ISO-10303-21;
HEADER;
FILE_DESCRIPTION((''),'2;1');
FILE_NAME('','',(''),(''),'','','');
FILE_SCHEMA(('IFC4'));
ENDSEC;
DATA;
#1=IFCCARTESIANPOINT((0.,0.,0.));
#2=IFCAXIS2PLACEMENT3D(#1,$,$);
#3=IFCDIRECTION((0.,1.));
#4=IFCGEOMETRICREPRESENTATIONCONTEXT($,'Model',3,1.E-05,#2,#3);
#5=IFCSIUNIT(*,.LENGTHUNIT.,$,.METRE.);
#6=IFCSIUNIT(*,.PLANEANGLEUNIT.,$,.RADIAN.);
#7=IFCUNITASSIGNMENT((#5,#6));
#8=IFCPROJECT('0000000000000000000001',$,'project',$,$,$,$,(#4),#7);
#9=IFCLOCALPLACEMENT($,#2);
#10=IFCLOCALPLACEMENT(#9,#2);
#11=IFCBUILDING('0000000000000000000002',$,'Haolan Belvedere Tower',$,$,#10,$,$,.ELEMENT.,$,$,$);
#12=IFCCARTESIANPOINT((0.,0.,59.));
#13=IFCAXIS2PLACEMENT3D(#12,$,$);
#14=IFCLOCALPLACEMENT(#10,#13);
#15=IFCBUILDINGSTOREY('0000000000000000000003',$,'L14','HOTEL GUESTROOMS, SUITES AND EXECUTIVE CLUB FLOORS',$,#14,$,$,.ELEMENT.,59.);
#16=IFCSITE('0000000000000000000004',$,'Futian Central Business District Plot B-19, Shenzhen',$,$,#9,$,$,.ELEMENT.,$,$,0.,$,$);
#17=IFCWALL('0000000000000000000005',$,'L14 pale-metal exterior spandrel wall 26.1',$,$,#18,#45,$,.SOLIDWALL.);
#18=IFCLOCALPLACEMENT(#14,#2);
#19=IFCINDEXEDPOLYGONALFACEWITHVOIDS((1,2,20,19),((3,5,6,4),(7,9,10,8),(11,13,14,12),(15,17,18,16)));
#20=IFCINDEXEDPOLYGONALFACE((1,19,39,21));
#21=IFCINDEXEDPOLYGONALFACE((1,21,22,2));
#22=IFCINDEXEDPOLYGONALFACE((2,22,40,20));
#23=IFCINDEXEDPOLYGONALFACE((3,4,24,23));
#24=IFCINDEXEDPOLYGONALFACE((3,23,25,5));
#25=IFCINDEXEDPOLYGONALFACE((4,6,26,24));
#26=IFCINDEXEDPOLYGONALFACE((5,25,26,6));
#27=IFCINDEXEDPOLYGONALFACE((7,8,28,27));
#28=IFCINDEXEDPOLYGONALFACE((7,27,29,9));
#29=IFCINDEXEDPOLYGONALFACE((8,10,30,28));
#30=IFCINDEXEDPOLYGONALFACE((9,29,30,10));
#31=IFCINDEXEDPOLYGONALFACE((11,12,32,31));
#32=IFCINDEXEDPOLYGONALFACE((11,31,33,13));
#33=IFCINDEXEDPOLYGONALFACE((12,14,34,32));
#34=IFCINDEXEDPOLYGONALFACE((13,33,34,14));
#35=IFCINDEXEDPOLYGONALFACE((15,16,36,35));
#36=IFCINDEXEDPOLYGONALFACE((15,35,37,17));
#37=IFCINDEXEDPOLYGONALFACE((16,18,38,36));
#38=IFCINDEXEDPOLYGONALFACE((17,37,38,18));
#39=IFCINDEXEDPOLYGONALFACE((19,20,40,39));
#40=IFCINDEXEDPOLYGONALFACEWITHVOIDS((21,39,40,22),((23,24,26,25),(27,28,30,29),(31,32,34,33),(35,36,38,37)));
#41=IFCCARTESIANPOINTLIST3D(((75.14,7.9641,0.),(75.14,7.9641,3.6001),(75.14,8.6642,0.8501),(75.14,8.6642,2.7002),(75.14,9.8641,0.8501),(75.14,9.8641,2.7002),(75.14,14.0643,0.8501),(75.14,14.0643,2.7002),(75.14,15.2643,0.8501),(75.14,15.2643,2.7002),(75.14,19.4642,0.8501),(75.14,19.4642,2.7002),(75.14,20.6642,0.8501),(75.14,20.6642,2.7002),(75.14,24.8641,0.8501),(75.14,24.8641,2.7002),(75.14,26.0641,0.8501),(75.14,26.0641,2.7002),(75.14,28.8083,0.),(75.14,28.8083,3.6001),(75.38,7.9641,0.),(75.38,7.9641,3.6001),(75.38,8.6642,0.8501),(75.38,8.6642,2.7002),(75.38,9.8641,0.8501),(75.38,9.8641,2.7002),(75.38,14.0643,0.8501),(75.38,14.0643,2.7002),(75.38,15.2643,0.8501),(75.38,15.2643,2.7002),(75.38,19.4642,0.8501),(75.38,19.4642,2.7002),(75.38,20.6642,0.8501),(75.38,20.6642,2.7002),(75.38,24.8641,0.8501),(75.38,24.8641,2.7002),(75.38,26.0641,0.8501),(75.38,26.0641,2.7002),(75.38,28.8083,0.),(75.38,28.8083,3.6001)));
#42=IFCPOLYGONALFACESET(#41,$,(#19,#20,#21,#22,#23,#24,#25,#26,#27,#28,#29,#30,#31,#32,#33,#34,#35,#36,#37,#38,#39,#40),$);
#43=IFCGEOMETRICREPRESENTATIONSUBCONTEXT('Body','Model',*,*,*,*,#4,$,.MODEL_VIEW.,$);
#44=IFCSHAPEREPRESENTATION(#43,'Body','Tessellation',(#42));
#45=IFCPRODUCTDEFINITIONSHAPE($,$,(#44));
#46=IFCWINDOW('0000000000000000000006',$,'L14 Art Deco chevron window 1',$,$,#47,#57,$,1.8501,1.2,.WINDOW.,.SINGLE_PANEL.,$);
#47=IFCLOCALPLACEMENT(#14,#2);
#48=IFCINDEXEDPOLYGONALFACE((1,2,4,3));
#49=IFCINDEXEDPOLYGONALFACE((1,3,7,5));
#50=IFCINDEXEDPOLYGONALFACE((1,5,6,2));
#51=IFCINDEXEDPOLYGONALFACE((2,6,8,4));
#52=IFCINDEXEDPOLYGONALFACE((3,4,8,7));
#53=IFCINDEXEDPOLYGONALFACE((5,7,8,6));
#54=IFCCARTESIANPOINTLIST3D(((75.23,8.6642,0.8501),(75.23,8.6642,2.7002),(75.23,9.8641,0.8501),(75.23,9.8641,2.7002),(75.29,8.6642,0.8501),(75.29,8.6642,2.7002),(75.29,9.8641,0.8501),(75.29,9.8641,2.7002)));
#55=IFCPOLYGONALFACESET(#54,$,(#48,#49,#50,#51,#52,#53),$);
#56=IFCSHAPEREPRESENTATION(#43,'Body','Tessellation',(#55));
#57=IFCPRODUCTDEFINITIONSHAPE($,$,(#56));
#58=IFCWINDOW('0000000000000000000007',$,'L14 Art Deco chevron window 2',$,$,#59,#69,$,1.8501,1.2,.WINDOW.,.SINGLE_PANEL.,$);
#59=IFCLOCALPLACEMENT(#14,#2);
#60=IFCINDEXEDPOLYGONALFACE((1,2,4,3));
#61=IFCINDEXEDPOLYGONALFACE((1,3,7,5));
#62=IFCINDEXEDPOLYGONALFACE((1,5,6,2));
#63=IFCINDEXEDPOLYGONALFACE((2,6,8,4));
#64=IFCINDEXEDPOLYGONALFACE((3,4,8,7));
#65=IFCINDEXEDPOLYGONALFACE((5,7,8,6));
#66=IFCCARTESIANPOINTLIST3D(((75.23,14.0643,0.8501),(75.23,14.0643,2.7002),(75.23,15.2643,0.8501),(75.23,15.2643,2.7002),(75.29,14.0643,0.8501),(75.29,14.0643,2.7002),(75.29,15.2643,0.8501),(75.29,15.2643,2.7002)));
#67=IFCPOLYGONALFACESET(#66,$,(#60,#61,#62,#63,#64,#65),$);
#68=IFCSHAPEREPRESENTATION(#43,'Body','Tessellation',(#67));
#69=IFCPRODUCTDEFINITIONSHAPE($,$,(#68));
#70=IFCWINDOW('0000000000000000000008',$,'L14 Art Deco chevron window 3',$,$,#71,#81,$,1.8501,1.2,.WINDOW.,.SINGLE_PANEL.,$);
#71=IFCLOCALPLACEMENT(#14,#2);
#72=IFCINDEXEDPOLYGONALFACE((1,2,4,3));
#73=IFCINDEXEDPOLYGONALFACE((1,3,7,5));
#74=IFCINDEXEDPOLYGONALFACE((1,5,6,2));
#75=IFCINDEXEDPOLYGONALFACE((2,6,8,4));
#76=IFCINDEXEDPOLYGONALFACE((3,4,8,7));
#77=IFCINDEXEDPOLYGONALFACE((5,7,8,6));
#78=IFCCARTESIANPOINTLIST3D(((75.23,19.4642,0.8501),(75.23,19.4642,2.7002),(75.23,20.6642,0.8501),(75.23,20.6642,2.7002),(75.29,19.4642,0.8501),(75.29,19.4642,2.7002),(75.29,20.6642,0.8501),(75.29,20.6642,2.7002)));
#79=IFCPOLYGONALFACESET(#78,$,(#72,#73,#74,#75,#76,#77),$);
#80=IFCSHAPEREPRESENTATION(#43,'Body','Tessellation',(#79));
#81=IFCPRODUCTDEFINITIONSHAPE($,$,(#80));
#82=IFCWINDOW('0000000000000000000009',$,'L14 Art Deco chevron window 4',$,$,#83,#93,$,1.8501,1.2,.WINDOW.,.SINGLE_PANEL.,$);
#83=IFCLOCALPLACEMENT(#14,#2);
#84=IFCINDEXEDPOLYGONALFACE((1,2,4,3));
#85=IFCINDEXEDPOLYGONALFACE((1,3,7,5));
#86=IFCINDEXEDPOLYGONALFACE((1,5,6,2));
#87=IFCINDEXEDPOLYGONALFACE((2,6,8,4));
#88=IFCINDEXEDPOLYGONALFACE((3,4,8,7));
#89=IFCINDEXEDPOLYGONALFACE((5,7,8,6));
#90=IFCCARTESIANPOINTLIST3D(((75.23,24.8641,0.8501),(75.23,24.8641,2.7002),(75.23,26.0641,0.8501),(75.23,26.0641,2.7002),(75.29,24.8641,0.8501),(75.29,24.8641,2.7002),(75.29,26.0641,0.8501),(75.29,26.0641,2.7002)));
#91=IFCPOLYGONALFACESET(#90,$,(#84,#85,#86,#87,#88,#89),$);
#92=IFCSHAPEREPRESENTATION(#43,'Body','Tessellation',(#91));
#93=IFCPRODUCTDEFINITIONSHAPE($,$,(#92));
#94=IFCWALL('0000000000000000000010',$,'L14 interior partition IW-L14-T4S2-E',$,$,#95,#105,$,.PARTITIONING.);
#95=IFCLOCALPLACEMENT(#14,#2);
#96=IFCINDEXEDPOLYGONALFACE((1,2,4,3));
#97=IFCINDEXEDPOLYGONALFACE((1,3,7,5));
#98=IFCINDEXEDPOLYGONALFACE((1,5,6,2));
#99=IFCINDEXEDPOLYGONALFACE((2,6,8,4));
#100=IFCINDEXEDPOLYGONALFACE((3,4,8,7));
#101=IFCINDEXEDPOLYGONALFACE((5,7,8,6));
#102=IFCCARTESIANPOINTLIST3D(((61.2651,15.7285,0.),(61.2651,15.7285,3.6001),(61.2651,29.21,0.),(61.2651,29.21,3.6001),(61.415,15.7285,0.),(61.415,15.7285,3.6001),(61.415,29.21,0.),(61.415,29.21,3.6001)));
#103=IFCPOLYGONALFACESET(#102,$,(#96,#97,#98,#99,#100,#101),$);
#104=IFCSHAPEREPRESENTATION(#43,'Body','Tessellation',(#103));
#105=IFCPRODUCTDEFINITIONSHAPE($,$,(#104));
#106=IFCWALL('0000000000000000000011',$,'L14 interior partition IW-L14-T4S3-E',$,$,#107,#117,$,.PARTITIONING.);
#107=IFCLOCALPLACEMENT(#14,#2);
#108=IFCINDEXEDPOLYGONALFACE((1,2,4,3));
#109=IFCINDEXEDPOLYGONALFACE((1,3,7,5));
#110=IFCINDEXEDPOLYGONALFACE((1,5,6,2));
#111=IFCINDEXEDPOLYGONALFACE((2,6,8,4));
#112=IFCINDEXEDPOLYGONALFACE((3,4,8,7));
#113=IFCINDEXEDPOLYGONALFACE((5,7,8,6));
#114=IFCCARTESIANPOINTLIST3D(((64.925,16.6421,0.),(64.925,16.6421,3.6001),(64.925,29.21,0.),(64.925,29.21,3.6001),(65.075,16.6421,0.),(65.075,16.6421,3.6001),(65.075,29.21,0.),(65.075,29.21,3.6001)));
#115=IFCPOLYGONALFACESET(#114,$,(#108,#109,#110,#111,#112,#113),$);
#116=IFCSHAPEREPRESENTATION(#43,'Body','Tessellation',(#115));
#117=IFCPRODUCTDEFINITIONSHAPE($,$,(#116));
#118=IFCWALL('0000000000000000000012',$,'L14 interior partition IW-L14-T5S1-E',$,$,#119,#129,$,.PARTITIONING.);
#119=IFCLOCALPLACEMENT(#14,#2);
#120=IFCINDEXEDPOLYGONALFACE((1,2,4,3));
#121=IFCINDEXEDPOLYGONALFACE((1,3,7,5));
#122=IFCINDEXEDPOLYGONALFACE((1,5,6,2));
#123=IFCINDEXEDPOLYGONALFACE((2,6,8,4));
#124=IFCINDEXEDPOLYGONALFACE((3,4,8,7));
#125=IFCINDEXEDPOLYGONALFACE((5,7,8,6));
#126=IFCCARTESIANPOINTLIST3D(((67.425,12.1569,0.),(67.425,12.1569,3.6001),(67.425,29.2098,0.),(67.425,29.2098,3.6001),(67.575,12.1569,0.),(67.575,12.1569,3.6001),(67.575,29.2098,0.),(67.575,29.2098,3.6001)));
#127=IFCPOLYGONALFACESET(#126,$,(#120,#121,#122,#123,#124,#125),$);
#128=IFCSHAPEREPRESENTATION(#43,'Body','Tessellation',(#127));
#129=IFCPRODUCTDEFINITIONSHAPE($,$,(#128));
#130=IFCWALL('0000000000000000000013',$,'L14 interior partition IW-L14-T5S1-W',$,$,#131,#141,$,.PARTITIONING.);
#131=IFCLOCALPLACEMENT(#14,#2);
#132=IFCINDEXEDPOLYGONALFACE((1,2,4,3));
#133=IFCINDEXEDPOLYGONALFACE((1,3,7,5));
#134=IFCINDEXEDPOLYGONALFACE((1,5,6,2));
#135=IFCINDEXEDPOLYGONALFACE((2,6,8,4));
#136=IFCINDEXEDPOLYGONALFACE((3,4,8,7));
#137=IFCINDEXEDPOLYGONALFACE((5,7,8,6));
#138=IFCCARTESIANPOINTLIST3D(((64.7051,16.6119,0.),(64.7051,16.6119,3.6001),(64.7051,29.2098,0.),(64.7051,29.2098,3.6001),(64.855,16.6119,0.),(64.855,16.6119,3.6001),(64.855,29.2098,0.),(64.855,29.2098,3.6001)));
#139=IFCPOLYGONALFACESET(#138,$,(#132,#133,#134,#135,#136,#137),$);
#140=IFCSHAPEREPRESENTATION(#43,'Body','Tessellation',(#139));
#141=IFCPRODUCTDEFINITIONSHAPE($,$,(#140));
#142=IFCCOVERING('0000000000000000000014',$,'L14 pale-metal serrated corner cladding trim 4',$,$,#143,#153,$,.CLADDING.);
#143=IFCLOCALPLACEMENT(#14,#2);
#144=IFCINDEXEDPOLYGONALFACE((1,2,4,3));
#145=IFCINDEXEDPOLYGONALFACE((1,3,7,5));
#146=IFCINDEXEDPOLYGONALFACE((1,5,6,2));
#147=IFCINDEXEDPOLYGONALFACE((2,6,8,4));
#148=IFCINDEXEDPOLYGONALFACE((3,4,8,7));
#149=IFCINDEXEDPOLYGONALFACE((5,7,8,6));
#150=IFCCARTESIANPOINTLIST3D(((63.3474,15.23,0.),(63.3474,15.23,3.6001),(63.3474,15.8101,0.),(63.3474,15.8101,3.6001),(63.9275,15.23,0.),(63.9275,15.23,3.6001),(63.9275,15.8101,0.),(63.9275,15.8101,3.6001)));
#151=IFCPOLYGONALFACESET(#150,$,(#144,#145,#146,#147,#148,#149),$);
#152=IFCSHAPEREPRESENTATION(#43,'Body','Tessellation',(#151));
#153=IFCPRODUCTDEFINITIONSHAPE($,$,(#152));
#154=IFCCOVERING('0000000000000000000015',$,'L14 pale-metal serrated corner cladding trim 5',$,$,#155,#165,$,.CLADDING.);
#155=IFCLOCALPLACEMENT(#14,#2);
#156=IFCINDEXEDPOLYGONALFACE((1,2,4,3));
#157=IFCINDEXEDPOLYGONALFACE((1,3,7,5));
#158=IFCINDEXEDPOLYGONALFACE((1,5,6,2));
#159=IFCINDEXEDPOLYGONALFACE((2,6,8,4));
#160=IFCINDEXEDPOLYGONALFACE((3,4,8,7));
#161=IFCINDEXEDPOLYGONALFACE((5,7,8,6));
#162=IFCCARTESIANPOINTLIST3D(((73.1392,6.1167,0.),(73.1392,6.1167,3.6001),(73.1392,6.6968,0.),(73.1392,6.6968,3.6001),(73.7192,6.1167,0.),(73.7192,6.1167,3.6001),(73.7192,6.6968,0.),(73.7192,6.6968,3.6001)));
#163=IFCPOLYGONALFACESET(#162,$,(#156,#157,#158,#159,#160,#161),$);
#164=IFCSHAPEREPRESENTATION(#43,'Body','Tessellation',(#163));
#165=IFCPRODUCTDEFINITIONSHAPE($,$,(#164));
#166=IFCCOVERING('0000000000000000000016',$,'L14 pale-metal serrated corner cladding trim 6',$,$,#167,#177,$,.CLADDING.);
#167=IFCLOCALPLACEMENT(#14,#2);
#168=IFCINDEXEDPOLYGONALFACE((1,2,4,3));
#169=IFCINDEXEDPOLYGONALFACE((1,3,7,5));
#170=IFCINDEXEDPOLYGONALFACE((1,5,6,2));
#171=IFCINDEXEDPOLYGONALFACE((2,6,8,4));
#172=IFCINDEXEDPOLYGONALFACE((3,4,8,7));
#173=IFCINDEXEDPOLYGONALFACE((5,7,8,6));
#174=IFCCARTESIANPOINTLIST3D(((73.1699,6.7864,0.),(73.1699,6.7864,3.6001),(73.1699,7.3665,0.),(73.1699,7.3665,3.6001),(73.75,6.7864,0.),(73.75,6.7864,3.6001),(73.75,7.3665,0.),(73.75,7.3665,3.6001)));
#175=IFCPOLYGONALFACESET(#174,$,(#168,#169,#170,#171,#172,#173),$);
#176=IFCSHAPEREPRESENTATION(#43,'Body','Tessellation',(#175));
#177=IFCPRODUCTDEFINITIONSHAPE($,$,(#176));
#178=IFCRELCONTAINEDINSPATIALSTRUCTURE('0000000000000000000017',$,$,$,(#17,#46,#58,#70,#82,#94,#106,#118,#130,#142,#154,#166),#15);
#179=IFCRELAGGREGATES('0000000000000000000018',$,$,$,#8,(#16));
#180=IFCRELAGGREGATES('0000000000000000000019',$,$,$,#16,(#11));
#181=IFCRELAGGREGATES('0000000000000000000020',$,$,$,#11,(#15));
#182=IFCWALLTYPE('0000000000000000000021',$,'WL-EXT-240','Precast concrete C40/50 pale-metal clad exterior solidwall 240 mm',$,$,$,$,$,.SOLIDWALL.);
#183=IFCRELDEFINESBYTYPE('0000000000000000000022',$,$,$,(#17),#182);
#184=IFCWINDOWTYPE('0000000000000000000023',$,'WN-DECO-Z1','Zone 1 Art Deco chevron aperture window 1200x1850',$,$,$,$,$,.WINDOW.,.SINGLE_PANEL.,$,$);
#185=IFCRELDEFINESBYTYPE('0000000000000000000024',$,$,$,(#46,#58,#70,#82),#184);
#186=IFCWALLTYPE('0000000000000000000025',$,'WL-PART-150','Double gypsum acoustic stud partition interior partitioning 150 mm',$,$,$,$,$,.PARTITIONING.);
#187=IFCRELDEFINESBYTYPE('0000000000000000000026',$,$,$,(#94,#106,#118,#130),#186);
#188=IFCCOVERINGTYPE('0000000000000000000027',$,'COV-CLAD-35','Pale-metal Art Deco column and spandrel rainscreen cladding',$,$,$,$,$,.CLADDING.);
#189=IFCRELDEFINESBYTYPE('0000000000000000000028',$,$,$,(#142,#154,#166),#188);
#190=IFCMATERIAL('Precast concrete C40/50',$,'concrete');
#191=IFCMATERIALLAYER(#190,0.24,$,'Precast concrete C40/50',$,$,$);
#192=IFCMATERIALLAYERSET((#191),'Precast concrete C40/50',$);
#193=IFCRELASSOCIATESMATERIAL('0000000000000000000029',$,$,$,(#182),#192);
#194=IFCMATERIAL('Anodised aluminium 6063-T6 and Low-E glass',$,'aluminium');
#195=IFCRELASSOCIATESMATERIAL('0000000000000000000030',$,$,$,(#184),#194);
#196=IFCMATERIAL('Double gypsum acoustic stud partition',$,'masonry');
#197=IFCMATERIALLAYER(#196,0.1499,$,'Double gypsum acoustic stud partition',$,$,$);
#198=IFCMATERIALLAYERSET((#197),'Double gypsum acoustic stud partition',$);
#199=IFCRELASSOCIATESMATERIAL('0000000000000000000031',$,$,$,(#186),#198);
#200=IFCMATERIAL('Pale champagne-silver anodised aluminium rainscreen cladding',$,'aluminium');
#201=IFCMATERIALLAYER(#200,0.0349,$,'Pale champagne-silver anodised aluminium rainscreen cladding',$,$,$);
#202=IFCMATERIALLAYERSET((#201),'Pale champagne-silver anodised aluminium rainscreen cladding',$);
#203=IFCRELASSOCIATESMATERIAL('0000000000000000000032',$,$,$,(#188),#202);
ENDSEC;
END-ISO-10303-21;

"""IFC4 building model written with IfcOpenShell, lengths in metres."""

from ifc_helpers import new_model, si_unit, direction, frame, frame_2d, origin, origin_2d, place, context, subcontext, project, spatial, rectangle, extrude, material, layer, layer_set, type_object, element, fill, save


model = new_model("IFC4")

# Units and contexts
model_context = context("Model", 3, precision=1e-05, world=origin(), true_north=direction((0.0, 1.0)))
body_context = subcontext(model_context, "Body", "Model", "MODEL_VIEW")
ifc_project = project(units=[si_unit("LENGTHUNIT", "METRE"), si_unit("PLANEANGLEUNIT", "RADIAN")], contexts=[model_context])

# Site, building, storey
site_placement = place(None, origin())
site = spatial("IfcSite", under=ifc_project, at=site_placement, Name="Futian Central Business District Plot B-19, Shenzhen", CompositionType="ELEMENT", RefElevation=0.0)
building_placement = place(site_placement, origin())
building = spatial("IfcBuilding", under=site, at=building_placement, Name="Haolan Belvedere Tower", CompositionType="ELEMENT")
storey_placement = place(building_placement, frame((0.0, 0.0, 59.0)))
storey = spatial("IfcBuildingStorey", under=building, at=storey_placement, Name="L14", Description="HOTEL GUESTROOMS, SUITES AND EXECUTIVE CLUB FLOORS", CompositionType="ELEMENT", Elevation=59.0)

# Shared definitions
ifc_material_1 = material(Name="Precast concrete C40/50", Category="concrete")
ifc_layer_1 = layer(ifc_material_1, 0.24, Name="Precast concrete C40/50")
ifc_layer_set_1 = layer_set([ifc_layer_1], Name="Precast concrete C40/50")
wall_type_1 = type_object("IfcWallType", Name="WL-EXT-240", Description="Precast concrete C40/50 pale-metal clad exterior solidwall 240 mm", PredefinedType="SOLIDWALL", material=ifc_layer_set_1)

# Shared definitions
ifc_material_2 = material(Name="Anodised aluminium 6063-T6 and Low-E glass", Category="aluminium")
window_type = type_object("IfcWindowType", Name="WN-DECO-Z1", Description="Zone 1 Art Deco chevron aperture window 1200x1850", PartitioningType="SINGLE_PANEL", PredefinedType="WINDOW", material=ifc_material_2)

# Wall, openings, windows
wall_1_placement = place(storey_placement, frame((75.26, 7.9641, 0.0), z_axis=(0.0, 0.0, 1.0), x_axis=(0.0, 1.0, 0.0)))
wall_1 = element("IfcWall", 1, at=wall_1_placement, inside=storey, type_object=wall_type_1, Name="L14 pale-metal exterior spandrel wall 26.1", PredefinedType="SOLIDWALL", context=body_context, shape_type="SweptSolid", body=[
    extrude(rectangle(XDim=20.8442, YDim=0.24, at=frame_2d((10.4221, 0.0))), origin(), (0.0, 0.0, 1.0), 3.6001),
])
opening_1_placement = place(wall_1_placement, frame((0.7, 0.0, 0.8501)))
opening_1 = element("IfcOpeningElement", 2, at=opening_1_placement, cuts=wall_1, PredefinedType="OPENING", context=body_context, shape_type="SweptSolid", body=[
    extrude(rectangle(XDim=1.2, YDim=1.8501, at=frame_2d((0.6001, 0.925))), frame((0.0, 0.1299, 0.0), z_axis=(0.0, -1.0, 0.0), x_axis=(1.0, 0.0, 0.0)), (0.0, 0.0, 1.0), 0.26),
])
opening_2_placement = place(wall_1_placement, frame((6.1001, 0.0, 0.8501)))
opening_2 = element("IfcOpeningElement", 3, at=opening_2_placement, cuts=wall_1, PredefinedType="OPENING", context=body_context, shape_type="SweptSolid", body=[
    extrude(rectangle(XDim=1.2, YDim=1.8501, at=frame_2d((0.6001, 0.925))), frame((0.0, 0.1299, 0.0), z_axis=(0.0, -1.0, 0.0), x_axis=(1.0, 0.0, 0.0)), (0.0, 0.0, 1.0), 0.26),
])
opening_3_placement = place(wall_1_placement, frame((11.5, 0.0, 0.8501)))
opening_3 = element("IfcOpeningElement", 4, at=opening_3_placement, cuts=wall_1, PredefinedType="OPENING", context=body_context, shape_type="SweptSolid", body=[
    extrude(rectangle(XDim=1.2, YDim=1.8501, at=frame_2d((0.6001, 0.925))), frame((0.0, 0.1299, 0.0), z_axis=(0.0, -1.0, 0.0), x_axis=(1.0, 0.0, 0.0)), (0.0, 0.0, 1.0), 0.26),
])
opening_4_placement = place(wall_1_placement, frame((16.8999, 0.0, 0.8501)))
opening_4 = element("IfcOpeningElement", 5, at=opening_4_placement, cuts=wall_1, PredefinedType="OPENING", context=body_context, shape_type="SweptSolid", body=[
    extrude(rectangle(XDim=1.2, YDim=1.8501, at=frame_2d((0.6001, 0.925))), frame((0.0, 0.1299, 0.0), z_axis=(0.0, -1.0, 0.0), x_axis=(1.0, 0.0, 0.0)), (0.0, 0.0, 1.0), 0.26),
])
window_1_placement = place(opening_1_placement, origin())
window_1 = element("IfcWindow", 6, at=window_1_placement, inside=storey, type_object=window_type, Name="L14 Art Deco chevron window 1", OverallHeight=1.8501, OverallWidth=1.2, PartitioningType="SINGLE_PANEL", PredefinedType="WINDOW", context=body_context, shape_type="SweptSolid", body=[
    extrude(rectangle(XDim=1.2, YDim=1.8501, at=frame_2d((0.6001, 0.925))), frame((0.0, 0.03, 0.0), z_axis=(0.0, -1.0, 0.0), x_axis=(1.0, 0.0, 0.0)), (0.0, 0.0, 1.0), 0.0601),
])
fill(opening_1, window_1)
window_2_placement = place(opening_2_placement, origin())
window_2 = element("IfcWindow", 7, at=window_2_placement, inside=storey, type_object=window_type, Name="L14 Art Deco chevron window 2", OverallHeight=1.8501, OverallWidth=1.2, PartitioningType="SINGLE_PANEL", PredefinedType="WINDOW", context=body_context, shape_type="SweptSolid", body=[
    extrude(rectangle(XDim=1.2, YDim=1.8501, at=frame_2d((0.6001, 0.925))), frame((0.0, 0.03, 0.0), z_axis=(0.0, -1.0, 0.0), x_axis=(1.0, 0.0, 0.0)), (0.0, 0.0, 1.0), 0.0601),
])
fill(opening_2, window_2)
window_3_placement = place(opening_3_placement, origin())
window_3 = element("IfcWindow", 8, at=window_3_placement, inside=storey, type_object=window_type, Name="L14 Art Deco chevron window 3", OverallHeight=1.8501, OverallWidth=1.2, PartitioningType="SINGLE_PANEL", PredefinedType="WINDOW", context=body_context, shape_type="SweptSolid", body=[
    extrude(rectangle(XDim=1.2, YDim=1.8501, at=frame_2d((0.6001, 0.925))), frame((0.0, 0.03, 0.0), z_axis=(0.0, -1.0, 0.0), x_axis=(1.0, 0.0, 0.0)), (0.0, 0.0, 1.0), 0.0601),
])
fill(opening_3, window_3)
window_4_placement = place(opening_4_placement, origin())
window_4 = element("IfcWindow", 9, at=window_4_placement, inside=storey, type_object=window_type, Name="L14 Art Deco chevron window 4", OverallHeight=1.8501, OverallWidth=1.2, PartitioningType="SINGLE_PANEL", PredefinedType="WINDOW", context=body_context, shape_type="SweptSolid", body=[
    extrude(rectangle(XDim=1.2, YDim=1.8501, at=frame_2d((0.6001, 0.925))), frame((0.0, 0.03, 0.0), z_axis=(0.0, -1.0, 0.0), x_axis=(1.0, 0.0, 0.0)), (0.0, 0.0, 1.0), 0.0601),
])
fill(opening_4, window_4)

# Walls
ifc_material_3 = material(Name="Double gypsum acoustic stud partition", Category="masonry")
ifc_layer_2 = layer(ifc_material_3, 0.1499, Name="Double gypsum acoustic stud partition")
ifc_layer_set_2 = layer_set([ifc_layer_2], Name="Double gypsum acoustic stud partition")
wall_type_2 = type_object("IfcWallType", Name="WL-PART-150", Description="Double gypsum acoustic stud partition interior partitioning 150 mm", PredefinedType="PARTITIONING", material=ifc_layer_set_2)
wall_2_placement = place(storey_placement, frame((61.3401, 15.7285, 0.0), z_axis=(0.0, 0.0, 1.0), x_axis=(0.0, 1.0, 0.0)))
element("IfcWall", 10, at=wall_2_placement, inside=storey, type_object=wall_type_2, Name="L14 interior partition IW-L14-T4S2-E", PredefinedType="PARTITIONING", context=body_context, shape_type="SweptSolid", body=[
    extrude(rectangle(XDim=13.4814, YDim=0.1499, at=frame_2d((6.7407, 0.0))), origin(), (0.0, 0.0, 1.0), 3.6001),
])
wall_3_placement = place(storey_placement, frame((65.0, 16.6421, 0.0), z_axis=(0.0, 0.0, 1.0), x_axis=(0.0, 1.0, 0.0)))
element("IfcWall", 11, at=wall_3_placement, inside=storey, type_object=wall_type_2, Name="L14 interior partition IW-L14-T4S3-E", PredefinedType="PARTITIONING", context=body_context, shape_type="SweptSolid", body=[
    extrude(rectangle(XDim=12.5679, YDim=0.1499, at=frame_2d((6.2839, 0.0))), origin(), (0.0, 0.0, 1.0), 3.6001),
])
wall_4_placement = place(storey_placement, frame((67.5, 12.157, 0.0), z_axis=(0.0, 0.0, 1.0), x_axis=(0.0, 1.0, 0.0)))
element("IfcWall", 12, at=wall_4_placement, inside=storey, type_object=wall_type_2, Name="L14 interior partition IW-L14-T5S1-E", PredefinedType="PARTITIONING", context=body_context, shape_type="SweptSolid", body=[
    extrude(rectangle(XDim=17.053, YDim=0.1499, at=frame_2d((8.5264, 0.0))), origin(), (0.0, 0.0, 1.0), 3.6001),
])
wall_5_placement = place(storey_placement, frame((64.78, 16.6121, 0.0), z_axis=(0.0, 0.0, 1.0), x_axis=(0.0, 1.0, 0.0)))
element("IfcWall", 13, at=wall_5_placement, inside=storey, type_object=wall_type_2, Name="L14 interior partition IW-L14-T5S1-W", PredefinedType="PARTITIONING", context=body_context, shape_type="SweptSolid", body=[
    extrude(rectangle(XDim=12.5979, YDim=0.1499, at=frame_2d((6.2988, 0.0))), origin(), (0.0, 0.0, 1.0), 3.6001),
])

# Coverings
ifc_material_4 = material(Name="Pale champagne-silver anodised aluminium rainscreen cladding", Category="aluminium")
ifc_layer_3 = layer(ifc_material_4, 0.0349, Name="Pale champagne-silver anodised aluminium rainscreen cladding")
ifc_layer_set_3 = layer_set([ifc_layer_3], Name="Pale champagne-silver anodised aluminium rainscreen cladding")
covering_type = type_object("IfcCoveringType", Name="COV-CLAD-35", Description="Pale-metal Art Deco column and spandrel rainscreen cladding", PredefinedType="CLADDING", material=ifc_layer_set_3)
for number, where, z_axis, x_axis, name in (
    (14, (63.6375, 15.52, 0.0), (0.0, 0.0, 1.0), (1.0, 0.0, 0.0), "L14 pale-metal serrated corner cladding trim 4"),
    (15, (73.4292, 6.4067, 0.0), (0.0, 0.0, 1.0), (1.0, 0.0, 0.0), "L14 pale-metal serrated corner cladding trim 5"),
    (16, (73.46, 7.0764, 0.0), (0.0, 0.0, 1.0), (1.0, 0.0, 0.0), "L14 pale-metal serrated corner cladding trim 6"),
):
    element("IfcCovering", number, at=place(storey_placement, frame(where, z_axis=z_axis, x_axis=x_axis)), inside=storey, type_object=covering_type, Name=name, PredefinedType="CLADDING", context=body_context, shape_type="SweptSolid", body=[
        extrude(rectangle(XDim=0.5801, YDim=0.5801, at=origin_2d()), origin(), (0.0, 0.0, 1.0), 3.6001),
    ])

save(model, "model.ifc")
